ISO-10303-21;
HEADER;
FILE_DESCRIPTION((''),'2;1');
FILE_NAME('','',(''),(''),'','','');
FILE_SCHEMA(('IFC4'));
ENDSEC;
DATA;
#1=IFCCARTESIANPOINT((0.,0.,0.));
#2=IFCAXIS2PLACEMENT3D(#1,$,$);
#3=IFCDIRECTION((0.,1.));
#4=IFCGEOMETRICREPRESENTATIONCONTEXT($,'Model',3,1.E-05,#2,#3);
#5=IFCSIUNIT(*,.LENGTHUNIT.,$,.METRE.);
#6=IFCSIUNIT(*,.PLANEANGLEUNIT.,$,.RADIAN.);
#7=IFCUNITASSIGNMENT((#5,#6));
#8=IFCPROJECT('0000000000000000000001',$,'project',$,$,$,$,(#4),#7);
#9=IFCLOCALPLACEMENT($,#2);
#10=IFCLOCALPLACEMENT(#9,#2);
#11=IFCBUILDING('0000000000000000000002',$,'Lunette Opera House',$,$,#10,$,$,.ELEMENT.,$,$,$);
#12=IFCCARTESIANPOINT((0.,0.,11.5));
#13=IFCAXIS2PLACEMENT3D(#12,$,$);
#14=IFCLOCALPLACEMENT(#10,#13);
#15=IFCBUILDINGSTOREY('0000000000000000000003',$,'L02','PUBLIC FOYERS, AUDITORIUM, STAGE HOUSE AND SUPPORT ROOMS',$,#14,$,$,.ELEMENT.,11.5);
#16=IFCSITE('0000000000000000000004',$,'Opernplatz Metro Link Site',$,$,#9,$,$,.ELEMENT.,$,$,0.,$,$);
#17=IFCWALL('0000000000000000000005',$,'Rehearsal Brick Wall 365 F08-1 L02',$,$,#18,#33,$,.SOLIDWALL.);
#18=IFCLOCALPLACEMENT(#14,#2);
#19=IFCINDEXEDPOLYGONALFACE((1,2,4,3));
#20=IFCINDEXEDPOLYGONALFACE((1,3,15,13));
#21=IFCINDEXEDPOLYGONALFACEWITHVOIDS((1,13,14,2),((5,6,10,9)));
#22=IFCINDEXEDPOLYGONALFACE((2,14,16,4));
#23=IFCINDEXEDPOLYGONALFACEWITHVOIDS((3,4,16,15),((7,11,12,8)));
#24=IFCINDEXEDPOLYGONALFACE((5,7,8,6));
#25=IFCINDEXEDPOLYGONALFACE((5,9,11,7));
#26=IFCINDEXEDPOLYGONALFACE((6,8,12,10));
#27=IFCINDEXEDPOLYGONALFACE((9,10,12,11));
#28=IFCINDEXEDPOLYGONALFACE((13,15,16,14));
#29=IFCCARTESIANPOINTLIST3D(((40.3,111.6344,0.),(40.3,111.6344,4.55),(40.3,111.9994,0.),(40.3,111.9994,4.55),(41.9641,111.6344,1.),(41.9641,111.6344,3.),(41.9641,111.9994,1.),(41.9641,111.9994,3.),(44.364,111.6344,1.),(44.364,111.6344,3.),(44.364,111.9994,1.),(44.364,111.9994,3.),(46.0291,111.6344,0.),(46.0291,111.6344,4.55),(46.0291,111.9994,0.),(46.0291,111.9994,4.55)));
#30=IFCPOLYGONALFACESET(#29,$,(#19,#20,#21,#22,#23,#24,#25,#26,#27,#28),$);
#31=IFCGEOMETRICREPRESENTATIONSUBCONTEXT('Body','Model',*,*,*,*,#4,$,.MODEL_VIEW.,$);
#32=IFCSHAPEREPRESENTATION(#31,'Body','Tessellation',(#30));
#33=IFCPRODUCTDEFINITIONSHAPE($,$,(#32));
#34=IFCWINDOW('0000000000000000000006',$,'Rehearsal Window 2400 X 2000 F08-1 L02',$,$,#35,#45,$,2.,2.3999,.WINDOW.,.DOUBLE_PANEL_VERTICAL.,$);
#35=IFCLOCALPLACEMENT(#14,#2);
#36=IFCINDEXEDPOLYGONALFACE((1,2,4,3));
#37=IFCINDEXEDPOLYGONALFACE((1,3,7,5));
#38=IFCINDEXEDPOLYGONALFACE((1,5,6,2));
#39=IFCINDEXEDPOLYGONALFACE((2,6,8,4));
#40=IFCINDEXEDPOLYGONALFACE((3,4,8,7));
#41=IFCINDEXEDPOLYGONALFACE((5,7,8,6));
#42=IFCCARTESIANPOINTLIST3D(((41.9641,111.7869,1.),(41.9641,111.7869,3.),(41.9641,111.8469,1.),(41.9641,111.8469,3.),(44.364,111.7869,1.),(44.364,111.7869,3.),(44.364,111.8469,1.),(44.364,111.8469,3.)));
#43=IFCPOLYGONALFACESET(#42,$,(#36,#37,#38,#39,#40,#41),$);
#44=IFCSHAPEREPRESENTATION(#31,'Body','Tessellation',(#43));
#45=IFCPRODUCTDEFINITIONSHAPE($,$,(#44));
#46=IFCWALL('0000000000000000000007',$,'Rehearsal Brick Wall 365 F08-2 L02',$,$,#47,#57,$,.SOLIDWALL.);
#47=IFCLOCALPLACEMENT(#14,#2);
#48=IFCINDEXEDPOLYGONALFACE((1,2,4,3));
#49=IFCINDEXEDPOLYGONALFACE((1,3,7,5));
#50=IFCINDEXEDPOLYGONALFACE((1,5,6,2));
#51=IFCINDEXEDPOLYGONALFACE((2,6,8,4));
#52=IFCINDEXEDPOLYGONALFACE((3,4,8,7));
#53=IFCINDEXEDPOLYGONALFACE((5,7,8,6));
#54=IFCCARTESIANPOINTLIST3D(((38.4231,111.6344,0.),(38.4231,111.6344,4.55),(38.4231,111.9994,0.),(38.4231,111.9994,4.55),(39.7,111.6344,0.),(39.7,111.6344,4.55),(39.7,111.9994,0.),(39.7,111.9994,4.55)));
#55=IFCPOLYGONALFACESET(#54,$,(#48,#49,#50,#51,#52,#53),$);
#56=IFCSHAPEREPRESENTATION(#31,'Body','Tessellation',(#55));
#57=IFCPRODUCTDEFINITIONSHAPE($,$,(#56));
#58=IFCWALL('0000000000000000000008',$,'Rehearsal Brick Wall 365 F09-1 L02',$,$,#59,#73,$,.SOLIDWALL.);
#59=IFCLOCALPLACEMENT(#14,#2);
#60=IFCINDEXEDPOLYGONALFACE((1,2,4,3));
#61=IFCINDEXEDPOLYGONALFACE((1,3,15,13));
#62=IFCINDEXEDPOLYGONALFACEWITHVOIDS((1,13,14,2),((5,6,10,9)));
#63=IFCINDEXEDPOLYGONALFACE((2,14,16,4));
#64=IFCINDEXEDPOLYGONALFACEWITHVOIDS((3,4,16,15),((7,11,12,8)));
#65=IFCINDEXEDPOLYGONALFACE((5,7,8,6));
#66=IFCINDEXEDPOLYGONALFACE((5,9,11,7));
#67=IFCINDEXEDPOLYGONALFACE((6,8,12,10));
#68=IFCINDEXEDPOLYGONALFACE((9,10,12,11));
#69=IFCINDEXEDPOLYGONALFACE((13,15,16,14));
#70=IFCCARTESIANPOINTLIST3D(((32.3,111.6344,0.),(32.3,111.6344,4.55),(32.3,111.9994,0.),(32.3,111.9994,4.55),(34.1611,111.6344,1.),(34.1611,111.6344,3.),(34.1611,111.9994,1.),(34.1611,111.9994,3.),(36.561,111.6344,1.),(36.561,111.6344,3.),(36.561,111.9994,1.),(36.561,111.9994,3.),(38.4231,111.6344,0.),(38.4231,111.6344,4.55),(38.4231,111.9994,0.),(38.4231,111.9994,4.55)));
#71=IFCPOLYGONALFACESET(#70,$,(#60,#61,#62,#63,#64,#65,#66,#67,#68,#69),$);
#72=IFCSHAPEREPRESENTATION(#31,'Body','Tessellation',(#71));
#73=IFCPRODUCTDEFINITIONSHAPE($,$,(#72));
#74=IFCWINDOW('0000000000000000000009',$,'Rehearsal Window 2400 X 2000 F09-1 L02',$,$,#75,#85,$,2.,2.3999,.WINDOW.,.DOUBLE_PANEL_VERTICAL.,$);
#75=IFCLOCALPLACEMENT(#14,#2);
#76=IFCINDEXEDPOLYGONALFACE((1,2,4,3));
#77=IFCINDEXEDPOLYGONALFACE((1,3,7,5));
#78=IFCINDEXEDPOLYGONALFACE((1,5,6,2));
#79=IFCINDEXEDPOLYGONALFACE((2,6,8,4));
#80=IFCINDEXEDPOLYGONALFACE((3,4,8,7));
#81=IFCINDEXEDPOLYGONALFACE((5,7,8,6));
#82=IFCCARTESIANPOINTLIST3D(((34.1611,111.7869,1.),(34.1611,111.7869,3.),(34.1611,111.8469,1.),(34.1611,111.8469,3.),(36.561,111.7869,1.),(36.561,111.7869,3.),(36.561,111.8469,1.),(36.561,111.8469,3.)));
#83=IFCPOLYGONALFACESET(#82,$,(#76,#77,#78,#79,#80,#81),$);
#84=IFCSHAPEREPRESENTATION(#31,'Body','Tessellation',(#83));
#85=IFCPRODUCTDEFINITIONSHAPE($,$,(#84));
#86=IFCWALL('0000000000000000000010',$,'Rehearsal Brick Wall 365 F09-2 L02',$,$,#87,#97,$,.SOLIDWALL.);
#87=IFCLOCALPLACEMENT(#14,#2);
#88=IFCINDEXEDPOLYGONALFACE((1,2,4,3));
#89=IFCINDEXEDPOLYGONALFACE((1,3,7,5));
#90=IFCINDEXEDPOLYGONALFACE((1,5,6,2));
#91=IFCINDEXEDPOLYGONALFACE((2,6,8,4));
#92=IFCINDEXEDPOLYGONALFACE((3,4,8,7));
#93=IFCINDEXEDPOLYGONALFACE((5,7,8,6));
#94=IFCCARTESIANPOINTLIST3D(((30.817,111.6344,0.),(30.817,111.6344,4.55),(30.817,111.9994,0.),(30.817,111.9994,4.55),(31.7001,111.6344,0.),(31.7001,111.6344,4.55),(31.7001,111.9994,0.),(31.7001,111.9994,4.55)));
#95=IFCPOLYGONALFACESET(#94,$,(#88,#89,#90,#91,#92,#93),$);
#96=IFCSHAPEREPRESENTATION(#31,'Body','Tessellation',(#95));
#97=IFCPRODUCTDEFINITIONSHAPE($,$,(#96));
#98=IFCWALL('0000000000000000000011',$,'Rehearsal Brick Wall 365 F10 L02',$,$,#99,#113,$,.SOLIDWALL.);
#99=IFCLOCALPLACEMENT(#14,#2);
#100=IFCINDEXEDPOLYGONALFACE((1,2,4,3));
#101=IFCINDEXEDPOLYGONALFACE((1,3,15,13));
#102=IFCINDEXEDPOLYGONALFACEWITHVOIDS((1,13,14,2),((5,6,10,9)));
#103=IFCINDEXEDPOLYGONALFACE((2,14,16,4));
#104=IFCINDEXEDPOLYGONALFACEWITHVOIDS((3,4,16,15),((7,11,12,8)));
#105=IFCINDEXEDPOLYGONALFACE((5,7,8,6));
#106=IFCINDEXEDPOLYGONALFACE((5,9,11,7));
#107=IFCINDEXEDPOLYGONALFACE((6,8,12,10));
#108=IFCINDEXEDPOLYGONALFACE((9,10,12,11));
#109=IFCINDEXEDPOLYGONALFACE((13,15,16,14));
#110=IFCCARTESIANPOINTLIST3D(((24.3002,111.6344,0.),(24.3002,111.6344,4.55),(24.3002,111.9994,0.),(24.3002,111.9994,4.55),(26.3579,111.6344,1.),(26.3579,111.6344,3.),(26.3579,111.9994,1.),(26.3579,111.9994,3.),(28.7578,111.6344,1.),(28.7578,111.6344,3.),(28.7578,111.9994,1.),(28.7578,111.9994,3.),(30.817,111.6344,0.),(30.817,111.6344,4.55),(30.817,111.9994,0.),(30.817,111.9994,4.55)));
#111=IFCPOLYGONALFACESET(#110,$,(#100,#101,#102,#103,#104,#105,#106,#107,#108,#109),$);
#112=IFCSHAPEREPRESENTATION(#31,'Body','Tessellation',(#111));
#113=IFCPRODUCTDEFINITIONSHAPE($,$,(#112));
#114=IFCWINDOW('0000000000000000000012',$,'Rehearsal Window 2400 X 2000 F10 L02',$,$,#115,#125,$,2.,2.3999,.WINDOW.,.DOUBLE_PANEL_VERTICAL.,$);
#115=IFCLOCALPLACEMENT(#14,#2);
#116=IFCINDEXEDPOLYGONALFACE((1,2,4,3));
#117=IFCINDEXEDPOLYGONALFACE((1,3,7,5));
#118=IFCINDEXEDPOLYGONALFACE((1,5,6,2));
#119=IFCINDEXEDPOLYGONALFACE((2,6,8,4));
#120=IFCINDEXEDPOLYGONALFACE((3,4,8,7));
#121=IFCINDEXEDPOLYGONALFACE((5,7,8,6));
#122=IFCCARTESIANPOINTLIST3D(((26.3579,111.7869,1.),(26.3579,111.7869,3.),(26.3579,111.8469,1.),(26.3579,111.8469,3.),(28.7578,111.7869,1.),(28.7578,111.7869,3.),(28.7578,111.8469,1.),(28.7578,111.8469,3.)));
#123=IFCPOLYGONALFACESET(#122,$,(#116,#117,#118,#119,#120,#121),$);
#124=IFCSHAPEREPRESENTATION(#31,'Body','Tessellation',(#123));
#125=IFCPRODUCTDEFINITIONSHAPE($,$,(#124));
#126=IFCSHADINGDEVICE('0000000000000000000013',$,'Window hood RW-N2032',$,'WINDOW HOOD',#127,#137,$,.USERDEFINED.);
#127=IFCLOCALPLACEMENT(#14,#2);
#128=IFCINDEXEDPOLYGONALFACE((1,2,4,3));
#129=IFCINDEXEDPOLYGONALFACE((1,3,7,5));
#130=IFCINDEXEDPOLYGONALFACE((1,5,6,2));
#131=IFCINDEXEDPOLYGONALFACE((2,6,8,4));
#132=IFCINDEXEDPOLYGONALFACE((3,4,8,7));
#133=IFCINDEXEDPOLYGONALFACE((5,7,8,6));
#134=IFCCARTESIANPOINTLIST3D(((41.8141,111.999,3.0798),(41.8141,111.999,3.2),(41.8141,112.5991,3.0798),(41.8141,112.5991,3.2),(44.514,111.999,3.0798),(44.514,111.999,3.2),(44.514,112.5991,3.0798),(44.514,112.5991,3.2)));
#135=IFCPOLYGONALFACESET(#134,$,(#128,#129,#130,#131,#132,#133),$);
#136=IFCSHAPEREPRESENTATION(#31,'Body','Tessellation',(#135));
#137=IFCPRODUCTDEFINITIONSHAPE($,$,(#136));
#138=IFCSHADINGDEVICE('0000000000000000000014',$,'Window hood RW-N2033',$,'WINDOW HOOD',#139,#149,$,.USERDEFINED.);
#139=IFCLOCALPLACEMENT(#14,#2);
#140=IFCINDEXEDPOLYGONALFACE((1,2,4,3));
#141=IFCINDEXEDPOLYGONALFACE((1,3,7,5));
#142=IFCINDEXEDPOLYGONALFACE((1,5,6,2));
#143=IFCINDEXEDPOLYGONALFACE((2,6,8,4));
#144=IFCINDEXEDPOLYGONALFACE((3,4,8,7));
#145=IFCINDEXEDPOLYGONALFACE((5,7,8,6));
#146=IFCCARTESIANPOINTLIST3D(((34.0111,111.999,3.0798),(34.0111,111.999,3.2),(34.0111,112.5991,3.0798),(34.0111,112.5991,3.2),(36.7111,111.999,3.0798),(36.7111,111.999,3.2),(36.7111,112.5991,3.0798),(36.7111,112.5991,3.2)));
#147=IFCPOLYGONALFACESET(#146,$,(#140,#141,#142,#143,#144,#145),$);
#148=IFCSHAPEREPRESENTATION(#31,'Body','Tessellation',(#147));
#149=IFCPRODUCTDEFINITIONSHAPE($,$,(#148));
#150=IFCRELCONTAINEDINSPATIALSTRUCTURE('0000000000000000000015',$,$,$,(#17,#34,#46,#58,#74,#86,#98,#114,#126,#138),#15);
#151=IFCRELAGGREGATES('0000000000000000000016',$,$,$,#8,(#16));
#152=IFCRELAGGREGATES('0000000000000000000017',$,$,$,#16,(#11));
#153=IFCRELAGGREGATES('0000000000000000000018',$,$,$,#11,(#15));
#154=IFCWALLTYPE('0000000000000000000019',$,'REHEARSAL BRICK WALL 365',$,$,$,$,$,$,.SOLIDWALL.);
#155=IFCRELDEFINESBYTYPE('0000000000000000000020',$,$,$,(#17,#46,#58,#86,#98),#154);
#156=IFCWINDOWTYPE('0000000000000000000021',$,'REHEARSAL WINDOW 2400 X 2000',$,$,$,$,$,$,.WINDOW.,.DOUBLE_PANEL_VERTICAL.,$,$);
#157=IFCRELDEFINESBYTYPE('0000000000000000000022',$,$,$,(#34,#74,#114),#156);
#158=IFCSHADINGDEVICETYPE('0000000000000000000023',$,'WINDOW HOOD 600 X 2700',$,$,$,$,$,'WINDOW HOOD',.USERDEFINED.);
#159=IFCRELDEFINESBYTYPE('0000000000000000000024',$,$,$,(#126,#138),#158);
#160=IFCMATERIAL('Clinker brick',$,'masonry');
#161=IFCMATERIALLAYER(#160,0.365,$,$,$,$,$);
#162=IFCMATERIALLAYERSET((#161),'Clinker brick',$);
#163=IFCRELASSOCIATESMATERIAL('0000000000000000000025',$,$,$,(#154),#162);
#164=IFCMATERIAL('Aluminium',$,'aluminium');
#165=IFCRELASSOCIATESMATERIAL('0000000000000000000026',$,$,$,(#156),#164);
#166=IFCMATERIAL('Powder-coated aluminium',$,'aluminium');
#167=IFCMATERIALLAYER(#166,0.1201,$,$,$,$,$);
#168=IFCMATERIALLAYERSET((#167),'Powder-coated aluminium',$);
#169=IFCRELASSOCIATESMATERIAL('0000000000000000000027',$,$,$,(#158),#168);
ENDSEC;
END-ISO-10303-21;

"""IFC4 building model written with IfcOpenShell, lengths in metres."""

from ifc_helpers import new_model, si_unit, direction, frame, frame_2d, origin, origin_2d, place, context, subcontext, project, spatial, rectangle, extrude, material, layer, layer_set, type_object, element, fill, save


model = new_model("IFC4")

# Units and contexts
model_context = context("Model", 3, precision=1e-05, world=origin(), true_north=direction((0.0, 1.0)))
body_context = subcontext(model_context, "Body", "Model", "MODEL_VIEW")
ifc_project = project(units=[si_unit("LENGTHUNIT", "METRE"), si_unit("PLANEANGLEUNIT", "RADIAN")], contexts=[model_context])

# Site, building, storey
site_placement = place(None, origin())
site = spatial("IfcSite", under=ifc_project, at=site_placement, Name="Opernplatz Metro Link Site", CompositionType="ELEMENT", RefElevation=0.0)
building_placement = place(site_placement, origin())
building = spatial("IfcBuilding", under=site, at=building_placement, Name="Lunette Opera House", CompositionType="ELEMENT")
storey_placement = place(building_placement, frame((0.0, 0.0, 11.5)))
storey = spatial("IfcBuildingStorey", under=building, at=storey_placement, Name="L02", Description="PUBLIC FOYERS, AUDITORIUM, STAGE HOUSE AND SUPPORT ROOMS", CompositionType="ELEMENT", Elevation=11.5)

# Wall, opening, window
ifc_material_1 = material(Name="Clinker brick", Category="masonry")
ifc_layer_1 = layer(ifc_material_1, 0.365)
ifc_layer_set_1 = layer_set([ifc_layer_1], Name="Clinker brick")
wall_type_1 = type_object("IfcWallType", Name="REHEARSAL BRICK WALL 365", PredefinedType="SOLIDWALL", material=ifc_layer_set_1)
wall_1_placement = place(storey_placement, frame((46.0291, 111.8169, 0.0), z_axis=(0.0, 0.0, 1.0), x_axis=(-1.0, 0.0, 0.0)))
wall_1 = element("IfcWall", 1, at=wall_1_placement, inside=storey, type_object=wall_type_1, Name="Rehearsal Brick Wall 365 F08-1 L02", PredefinedType="SOLIDWALL", context=body_context, shape_type="SweptSolid", body=[
    extrude(rectangle(XDim=5.729, YDim=0.365, at=frame_2d((2.8645, 0.0))), origin(), (0.0, 0.0, 1.0), 4.55),
])
opening_1_placement = place(wall_1_placement, frame((1.665, 0.0, 1.0)))
opening_1 = element("IfcOpeningElement", 2, at=opening_1_placement, cuts=wall_1, PredefinedType="OPENING", context=body_context, shape_type="SweptSolid", body=[
    extrude(rectangle(XDim=2.3999, YDim=2.0, at=frame_2d((1.2, 1.0))), frame((0.0, 0.1946, 0.0), z_axis=(0.0, -1.0, 0.0), x_axis=(1.0, 0.0, 0.0)), (0.0, 0.0, 1.0), 0.3889),
])
ifc_material_2 = material(Name="Aluminium", Category="aluminium")
window_type = type_object("IfcWindowType", Name="REHEARSAL WINDOW 2400 X 2000", PartitioningType="DOUBLE_PANEL_VERTICAL", PredefinedType="WINDOW", material=ifc_material_2)
window_1_placement = place(opening_1_placement, origin())
window_1 = element("IfcWindow", 3, at=window_1_placement, inside=storey, type_object=window_type, Name="Rehearsal Window 2400 X 2000 F08-1 L02", OverallHeight=2.0, OverallWidth=2.3999, PartitioningType="DOUBLE_PANEL_VERTICAL", PredefinedType="WINDOW", context=body_context, shape_type="SweptSolid", body=[
    extrude(rectangle(XDim=2.3999, YDim=2.0, at=frame_2d((1.2, 1.0))), frame((0.0, 0.03, 0.0), z_axis=(0.0, -1.0, 0.0), x_axis=(1.0, 0.0, 0.0)), (0.0, 0.0, 1.0), 0.0601),
])
fill(opening_1, window_1)

# Wall
wall_2_placement = place(storey_placement, frame((39.7, 111.8169, 0.0), z_axis=(0.0, 0.0, 1.0), x_axis=(-1.0, 0.0, 0.0)))
element("IfcWall", 4, at=wall_2_placement, inside=storey, type_object=wall_type_1, Name="Rehearsal Brick Wall 365 F08-2 L02", PredefinedType="SOLIDWALL", context=body_context, shape_type="SweptSolid", body=[
    extrude(rectangle(XDim=1.2769, YDim=0.365, at=frame_2d((0.6384, 0.0))), origin(), (0.0, 0.0, 1.0), 4.55),
])

# Wall, opening, window
wall_3_placement = place(storey_placement, frame((38.4231, 111.8169, 0.0), z_axis=(0.0, 0.0, 1.0), x_axis=(-1.0, 0.0, 0.0)))
wall_3 = element("IfcWall", 5, at=wall_3_placement, inside=storey, type_object=wall_type_1, Name="Rehearsal Brick Wall 365 F09-1 L02", PredefinedType="SOLIDWALL", context=body_context, shape_type="SweptSolid", body=[
    extrude(rectangle(XDim=6.123, YDim=0.365, at=frame_2d((3.0615, 0.0))), origin(), (0.0, 0.0, 1.0), 4.55),
])
opening_2_placement = place(wall_3_placement, frame((1.8621, 0.0, 1.0)))
opening_2 = element("IfcOpeningElement", 6, at=opening_2_placement, cuts=wall_3, PredefinedType="OPENING", context=body_context, shape_type="SweptSolid", body=[
    extrude(rectangle(XDim=2.3999, YDim=2.0, at=frame_2d((1.2, 1.0))), frame((0.0, 0.1946, 0.0), z_axis=(0.0, -1.0, 0.0), x_axis=(1.0, 0.0, 0.0)), (0.0, 0.0, 1.0), 0.3889),
])
window_2_placement = place(opening_2_placement, origin())
window_2 = element("IfcWindow", 7, at=window_2_placement, inside=storey, type_object=window_type, Name="Rehearsal Window 2400 X 2000 F09-1 L02", OverallHeight=2.0, OverallWidth=2.3999, PartitioningType="DOUBLE_PANEL_VERTICAL", PredefinedType="WINDOW", context=body_context, shape_type="SweptSolid", body=[
    extrude(rectangle(XDim=2.3999, YDim=2.0, at=frame_2d((1.2, 1.0))), frame((0.0, 0.03, 0.0), z_axis=(0.0, -1.0, 0.0), x_axis=(1.0, 0.0, 0.0)), (0.0, 0.0, 1.0), 0.0601),
])
fill(opening_2, window_2)

# Wall
wall_4_placement = place(storey_placement, frame((31.7, 111.8169, 0.0), z_axis=(0.0, 0.0, 1.0), x_axis=(-1.0, 0.0, 0.0)))
element("IfcWall", 8, at=wall_4_placement, inside=storey, type_object=wall_type_1, Name="Rehearsal Brick Wall 365 F09-2 L02", PredefinedType="SOLIDWALL", context=body_context, shape_type="SweptSolid", body=[
    extrude(rectangle(XDim=0.8831, YDim=0.365, at=frame_2d((0.4414, 0.0))), origin(), (0.0, 0.0, 1.0), 4.55),
])

# Wall, opening, window
wall_5_placement = place(storey_placement, frame((30.8169, 111.8169, 0.0), z_axis=(0.0, 0.0, 1.0), x_axis=(-1.0, 0.0, 0.0)))
wall_5 = element("IfcWall", 9, at=wall_5_placement, inside=storey, type_object=wall_type_1, Name="Rehearsal Brick Wall 365 F10 L02", PredefinedType="SOLIDWALL", context=body_context, shape_type="SweptSolid", body=[
    extrude(rectangle(XDim=6.5168, YDim=0.365, at=frame_2d((3.2583, 0.0))), origin(), (0.0, 0.0, 1.0), 4.55),
])
opening_3_placement = place(wall_5_placement, frame((2.0591, 0.0, 1.0)))
opening_3 = element("IfcOpeningElement", 10, at=opening_3_placement, cuts=wall_5, PredefinedType="OPENING", context=body_context, shape_type="SweptSolid", body=[
    extrude(rectangle(XDim=2.3999, YDim=2.0, at=frame_2d((1.2, 1.0))), frame((0.0, 0.1946, 0.0), z_axis=(0.0, -1.0, 0.0), x_axis=(1.0, 0.0, 0.0)), (0.0, 0.0, 1.0), 0.3889),
])
window_3_placement = place(opening_3_placement, origin())
window_3 = element("IfcWindow", 11, at=window_3_placement, inside=storey, type_object=window_type, Name="Rehearsal Window 2400 X 2000 F10 L02", OverallHeight=2.0, OverallWidth=2.3999, PartitioningType="DOUBLE_PANEL_VERTICAL", PredefinedType="WINDOW", context=body_context, shape_type="SweptSolid", body=[
    extrude(rectangle(XDim=2.3999, YDim=2.0, at=frame_2d((1.2, 1.0))), frame((0.0, 0.03, 0.0), z_axis=(0.0, -1.0, 0.0), x_axis=(1.0, 0.0, 0.0)), (0.0, 0.0, 1.0), 0.0601),
])
fill(opening_3, window_3)

# Shading devices
ifc_material_3 = material(Name="Powder-coated aluminium", Category="aluminium")
ifc_layer_2 = layer(ifc_material_3, 0.1201)
ifc_layer_set_2 = layer_set([ifc_layer_2], Name="Powder-coated aluminium")
shading_device_type = type_object("IfcShadingDeviceType", Name="WINDOW HOOD 600 X 2700", ElementType="WINDOW HOOD", PredefinedType="USERDEFINED", material=ifc_layer_set_2)
for number, where, z_axis, x_axis, name in (
    (12, (43.1641, 112.2991, 3.0798), (0.0, 0.0, 1.0), (0.0, 1.0, 0.0), "Window hood RW-N2032"),
    (13, (35.3611, 112.2991, 3.0798), (0.0, 0.0, 1.0), (0.0, 1.0, 0.0), "Window hood RW-N2033"),
):
    element("IfcShadingDevice", number, at=place(storey_placement, frame(where, z_axis=z_axis, x_axis=x_axis)), inside=storey, type_object=shading_device_type, Name=name, ObjectType="WINDOW HOOD", PredefinedType="USERDEFINED", context=body_context, shape_type="SweptSolid", body=[
        extrude(rectangle(XDim=0.6001, YDim=2.7, at=origin_2d()), origin(), (0.0, 0.0, 1.0), 0.1201),
    ])

save(model, "model.ifc")
